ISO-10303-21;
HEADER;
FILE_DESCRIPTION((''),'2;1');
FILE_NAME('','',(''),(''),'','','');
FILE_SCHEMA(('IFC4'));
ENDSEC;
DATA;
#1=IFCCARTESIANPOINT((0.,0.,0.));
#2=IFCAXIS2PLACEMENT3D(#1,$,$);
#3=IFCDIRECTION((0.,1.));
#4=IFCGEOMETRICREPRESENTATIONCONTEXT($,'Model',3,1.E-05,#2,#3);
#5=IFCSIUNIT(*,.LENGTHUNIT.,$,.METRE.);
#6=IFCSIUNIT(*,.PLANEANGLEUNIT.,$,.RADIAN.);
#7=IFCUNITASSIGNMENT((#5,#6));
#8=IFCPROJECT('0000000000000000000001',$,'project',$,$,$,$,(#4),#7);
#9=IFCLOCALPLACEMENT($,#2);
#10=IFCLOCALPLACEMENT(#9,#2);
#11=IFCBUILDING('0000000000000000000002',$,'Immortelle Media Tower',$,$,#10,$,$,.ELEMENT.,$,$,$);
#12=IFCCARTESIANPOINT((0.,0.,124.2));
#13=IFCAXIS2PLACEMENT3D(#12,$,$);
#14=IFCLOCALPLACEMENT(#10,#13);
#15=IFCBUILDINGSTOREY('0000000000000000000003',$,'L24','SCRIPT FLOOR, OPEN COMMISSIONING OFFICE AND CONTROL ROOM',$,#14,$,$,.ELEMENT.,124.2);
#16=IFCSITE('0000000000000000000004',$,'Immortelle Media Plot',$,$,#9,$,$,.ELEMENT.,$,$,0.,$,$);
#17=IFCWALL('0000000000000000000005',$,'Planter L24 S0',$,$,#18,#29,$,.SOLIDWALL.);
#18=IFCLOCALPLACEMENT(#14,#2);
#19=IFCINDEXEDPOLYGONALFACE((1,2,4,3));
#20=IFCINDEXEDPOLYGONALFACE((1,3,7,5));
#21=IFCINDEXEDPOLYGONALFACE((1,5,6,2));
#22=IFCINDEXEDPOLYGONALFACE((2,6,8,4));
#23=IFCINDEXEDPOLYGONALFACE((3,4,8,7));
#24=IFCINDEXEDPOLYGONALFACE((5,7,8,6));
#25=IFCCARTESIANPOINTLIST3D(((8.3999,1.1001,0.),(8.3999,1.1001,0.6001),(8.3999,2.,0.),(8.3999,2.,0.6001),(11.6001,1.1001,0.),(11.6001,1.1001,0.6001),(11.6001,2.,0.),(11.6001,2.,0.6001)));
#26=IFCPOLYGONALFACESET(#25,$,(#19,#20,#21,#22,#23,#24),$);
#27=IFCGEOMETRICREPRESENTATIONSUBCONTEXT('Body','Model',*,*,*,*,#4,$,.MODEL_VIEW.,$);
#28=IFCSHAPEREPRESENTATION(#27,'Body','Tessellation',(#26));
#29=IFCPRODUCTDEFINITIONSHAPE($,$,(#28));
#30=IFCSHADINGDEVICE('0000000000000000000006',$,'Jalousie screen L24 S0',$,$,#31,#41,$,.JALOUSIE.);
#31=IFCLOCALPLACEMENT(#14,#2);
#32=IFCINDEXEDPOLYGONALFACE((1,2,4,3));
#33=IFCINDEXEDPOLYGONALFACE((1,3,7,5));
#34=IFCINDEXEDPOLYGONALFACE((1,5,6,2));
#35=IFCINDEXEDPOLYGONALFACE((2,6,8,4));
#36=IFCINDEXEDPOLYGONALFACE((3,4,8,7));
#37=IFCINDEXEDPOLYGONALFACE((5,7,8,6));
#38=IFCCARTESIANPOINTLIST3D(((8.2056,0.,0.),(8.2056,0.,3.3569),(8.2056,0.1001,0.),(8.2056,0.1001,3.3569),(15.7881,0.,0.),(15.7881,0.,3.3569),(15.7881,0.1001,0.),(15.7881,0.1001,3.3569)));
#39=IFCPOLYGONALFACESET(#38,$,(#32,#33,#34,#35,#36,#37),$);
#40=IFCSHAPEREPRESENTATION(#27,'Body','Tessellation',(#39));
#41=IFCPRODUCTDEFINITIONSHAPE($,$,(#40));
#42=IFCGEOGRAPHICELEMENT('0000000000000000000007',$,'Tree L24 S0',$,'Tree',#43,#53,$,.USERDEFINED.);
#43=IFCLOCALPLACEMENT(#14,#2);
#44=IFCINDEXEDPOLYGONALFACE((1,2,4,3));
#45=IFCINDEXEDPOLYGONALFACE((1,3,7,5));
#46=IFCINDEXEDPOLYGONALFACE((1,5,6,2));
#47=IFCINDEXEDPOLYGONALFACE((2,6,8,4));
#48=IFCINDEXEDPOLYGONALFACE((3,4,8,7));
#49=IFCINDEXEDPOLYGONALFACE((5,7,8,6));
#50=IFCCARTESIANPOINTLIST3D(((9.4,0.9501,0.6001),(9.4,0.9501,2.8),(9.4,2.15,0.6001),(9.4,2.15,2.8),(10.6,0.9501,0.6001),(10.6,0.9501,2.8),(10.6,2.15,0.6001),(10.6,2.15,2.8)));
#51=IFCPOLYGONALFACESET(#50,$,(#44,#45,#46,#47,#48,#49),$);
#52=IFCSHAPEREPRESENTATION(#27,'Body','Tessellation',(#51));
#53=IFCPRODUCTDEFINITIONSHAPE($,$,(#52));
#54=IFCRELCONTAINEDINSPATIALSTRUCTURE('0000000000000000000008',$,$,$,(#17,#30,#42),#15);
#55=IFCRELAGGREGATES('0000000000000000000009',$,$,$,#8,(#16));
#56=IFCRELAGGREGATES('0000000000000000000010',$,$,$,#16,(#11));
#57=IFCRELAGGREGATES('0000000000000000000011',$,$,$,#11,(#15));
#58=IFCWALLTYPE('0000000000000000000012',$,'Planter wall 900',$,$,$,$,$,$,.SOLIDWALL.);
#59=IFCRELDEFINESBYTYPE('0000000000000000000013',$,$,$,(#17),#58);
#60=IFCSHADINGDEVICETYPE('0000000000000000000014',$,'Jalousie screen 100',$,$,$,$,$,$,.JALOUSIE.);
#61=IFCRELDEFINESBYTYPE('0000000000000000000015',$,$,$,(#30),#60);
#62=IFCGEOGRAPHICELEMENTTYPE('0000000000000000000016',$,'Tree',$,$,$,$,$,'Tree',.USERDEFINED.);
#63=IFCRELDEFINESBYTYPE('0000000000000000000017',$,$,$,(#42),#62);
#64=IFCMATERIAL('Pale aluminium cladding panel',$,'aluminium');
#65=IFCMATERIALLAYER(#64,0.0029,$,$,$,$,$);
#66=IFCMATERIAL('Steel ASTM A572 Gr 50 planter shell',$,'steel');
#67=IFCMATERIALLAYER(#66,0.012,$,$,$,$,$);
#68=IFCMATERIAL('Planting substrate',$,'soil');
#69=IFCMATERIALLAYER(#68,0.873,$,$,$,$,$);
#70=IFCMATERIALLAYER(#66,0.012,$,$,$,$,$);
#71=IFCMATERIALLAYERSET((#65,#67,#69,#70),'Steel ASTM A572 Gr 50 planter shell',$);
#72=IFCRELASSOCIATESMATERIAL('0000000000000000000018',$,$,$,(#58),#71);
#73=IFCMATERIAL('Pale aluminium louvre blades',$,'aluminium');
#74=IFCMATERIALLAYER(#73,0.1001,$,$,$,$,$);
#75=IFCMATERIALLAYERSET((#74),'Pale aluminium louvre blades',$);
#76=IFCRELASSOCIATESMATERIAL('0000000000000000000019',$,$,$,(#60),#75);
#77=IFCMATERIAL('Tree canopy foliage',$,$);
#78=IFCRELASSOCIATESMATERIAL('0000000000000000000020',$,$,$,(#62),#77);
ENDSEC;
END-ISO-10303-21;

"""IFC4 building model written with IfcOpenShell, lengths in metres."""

from ifc_helpers import new_model, si_unit, direction, frame, frame_2d, origin, origin_2d, place, context, subcontext, project, spatial, rectangle, extrude, material, layer, layer_set, type_object, element, save


model = new_model("IFC4")

# Units and contexts
model_context = context("Model", 3, precision=1e-05, world=origin(), true_north=direction((0.0, 1.0)))
body_context = subcontext(model_context, "Body", "Model", "MODEL_VIEW")
ifc_project = project(units=[si_unit("LENGTHUNIT", "METRE"), si_unit("PLANEANGLEUNIT", "RADIAN")], contexts=[model_context])

# Site, building, storey
site_placement = place(None, origin())
site = spatial("IfcSite", under=ifc_project, at=site_placement, Name="Immortelle Media Plot", CompositionType="ELEMENT", RefElevation=0.0)
building_placement = place(site_placement, origin())
building = spatial("IfcBuilding", under=site, at=building_placement, Name="Immortelle Media Tower", CompositionType="ELEMENT")
storey_placement = place(building_placement, frame((0.0, 0.0, 124.2)))
storey = spatial("IfcBuildingStorey", under=building, at=storey_placement, Name="L24", Description="SCRIPT FLOOR, OPEN COMMISSIONING OFFICE AND CONTROL ROOM", CompositionType="ELEMENT", Elevation=124.2)

# Shared definitions
ifc_material_1 = material(Name="Pale aluminium cladding panel", Category="aluminium")

# Wall
ifc_layer_1 = layer(ifc_material_1, 0.0029)
ifc_material_2 = material(Name="Steel ASTM A572 Gr 50 planter shell", Category="steel")
ifc_layer_2 = layer(ifc_material_2, 0.012)
ifc_material_3 = material(Name="Planting substrate", Category="soil")
ifc_layer_3 = layer(ifc_material_3, 0.873)
ifc_layer_4 = layer(ifc_material_2, 0.012)
ifc_layer_set_1 = layer_set([ifc_layer_1, ifc_layer_2, ifc_layer_3, ifc_layer_4], Name="Steel ASTM A572 Gr 50 planter shell")
wall_type_1 = type_object("IfcWallType", Name="Planter wall 900", PredefinedType="SOLIDWALL", material=ifc_layer_set_1)
wall_1_placement = place(storey_placement, frame((8.3999, 1.55, 0.0), z_axis=(0.0, 0.0, 1.0), x_axis=(1.0, 0.0, 0.0)))
element("IfcWall", 1, at=wall_1_placement, inside=storey, type_object=wall_type_1, Name="Planter L24 S0", PredefinedType="SOLIDWALL", context=body_context, shape_type="SweptSolid", body=[
    extrude(rectangle(XDim=3.2002, YDim=0.8999, at=frame_2d((1.6001, 0.0))), origin(), (0.0, 0.0, 1.0), 0.6001),
])

# Shading device
ifc_material_4 = material(Name="Pale aluminium louvre blades", Category="aluminium")
ifc_layer_5 = layer(ifc_material_4, 0.1001)
ifc_layer_set_2 = layer_set([ifc_layer_5], Name="Pale aluminium louvre blades")
shading_device_type = type_object("IfcShadingDeviceType", Name="Jalousie screen 100", PredefinedType="JALOUSIE", material=ifc_layer_set_2)
shading_device_placement = place(storey_placement, frame((11.9968, 0.05, 0.0), z_axis=(0.0, 0.0, 1.0), x_axis=(1.0, 0.0, 0.0)))
element("IfcShadingDevice", 2, at=shading_device_placement, inside=storey, type_object=shading_device_type, Name="Jalousie screen L24 S0", PredefinedType="JALOUSIE", context=body_context, shape_type="SweptSolid", body=[
    extrude(rectangle(XDim=7.5825, YDim=0.1001, at=origin_2d()), origin(), (0.0, 0.0, 1.0), 3.3569),
])

# Geographic element
ifc_material_5 = material(Name="Tree canopy foliage")
geographic_element_type = type_object("IfcGeographicElementType", Name="Tree", ElementType="Tree", PredefinedType="USERDEFINED", material=ifc_material_5)
geographic_element_placement = place(storey_placement, frame((10.0, 1.55, 0.6001), z_axis=(0.0, 0.0, 1.0), x_axis=(1.0, 0.0, 0.0)))
element("IfcGeographicElement", 3, at=geographic_element_placement, inside=storey, type_object=geographic_element_type, Name="Tree L24 S0", ObjectType="Tree", PredefinedType="USERDEFINED", context=body_context, shape_type="SweptSolid", body=[
    extrude(rectangle(XDim=1.2, YDim=1.2, at=origin_2d()), origin(), (0.0, 0.0, 1.0), 2.2),
])

save(model, "model.ifc")
